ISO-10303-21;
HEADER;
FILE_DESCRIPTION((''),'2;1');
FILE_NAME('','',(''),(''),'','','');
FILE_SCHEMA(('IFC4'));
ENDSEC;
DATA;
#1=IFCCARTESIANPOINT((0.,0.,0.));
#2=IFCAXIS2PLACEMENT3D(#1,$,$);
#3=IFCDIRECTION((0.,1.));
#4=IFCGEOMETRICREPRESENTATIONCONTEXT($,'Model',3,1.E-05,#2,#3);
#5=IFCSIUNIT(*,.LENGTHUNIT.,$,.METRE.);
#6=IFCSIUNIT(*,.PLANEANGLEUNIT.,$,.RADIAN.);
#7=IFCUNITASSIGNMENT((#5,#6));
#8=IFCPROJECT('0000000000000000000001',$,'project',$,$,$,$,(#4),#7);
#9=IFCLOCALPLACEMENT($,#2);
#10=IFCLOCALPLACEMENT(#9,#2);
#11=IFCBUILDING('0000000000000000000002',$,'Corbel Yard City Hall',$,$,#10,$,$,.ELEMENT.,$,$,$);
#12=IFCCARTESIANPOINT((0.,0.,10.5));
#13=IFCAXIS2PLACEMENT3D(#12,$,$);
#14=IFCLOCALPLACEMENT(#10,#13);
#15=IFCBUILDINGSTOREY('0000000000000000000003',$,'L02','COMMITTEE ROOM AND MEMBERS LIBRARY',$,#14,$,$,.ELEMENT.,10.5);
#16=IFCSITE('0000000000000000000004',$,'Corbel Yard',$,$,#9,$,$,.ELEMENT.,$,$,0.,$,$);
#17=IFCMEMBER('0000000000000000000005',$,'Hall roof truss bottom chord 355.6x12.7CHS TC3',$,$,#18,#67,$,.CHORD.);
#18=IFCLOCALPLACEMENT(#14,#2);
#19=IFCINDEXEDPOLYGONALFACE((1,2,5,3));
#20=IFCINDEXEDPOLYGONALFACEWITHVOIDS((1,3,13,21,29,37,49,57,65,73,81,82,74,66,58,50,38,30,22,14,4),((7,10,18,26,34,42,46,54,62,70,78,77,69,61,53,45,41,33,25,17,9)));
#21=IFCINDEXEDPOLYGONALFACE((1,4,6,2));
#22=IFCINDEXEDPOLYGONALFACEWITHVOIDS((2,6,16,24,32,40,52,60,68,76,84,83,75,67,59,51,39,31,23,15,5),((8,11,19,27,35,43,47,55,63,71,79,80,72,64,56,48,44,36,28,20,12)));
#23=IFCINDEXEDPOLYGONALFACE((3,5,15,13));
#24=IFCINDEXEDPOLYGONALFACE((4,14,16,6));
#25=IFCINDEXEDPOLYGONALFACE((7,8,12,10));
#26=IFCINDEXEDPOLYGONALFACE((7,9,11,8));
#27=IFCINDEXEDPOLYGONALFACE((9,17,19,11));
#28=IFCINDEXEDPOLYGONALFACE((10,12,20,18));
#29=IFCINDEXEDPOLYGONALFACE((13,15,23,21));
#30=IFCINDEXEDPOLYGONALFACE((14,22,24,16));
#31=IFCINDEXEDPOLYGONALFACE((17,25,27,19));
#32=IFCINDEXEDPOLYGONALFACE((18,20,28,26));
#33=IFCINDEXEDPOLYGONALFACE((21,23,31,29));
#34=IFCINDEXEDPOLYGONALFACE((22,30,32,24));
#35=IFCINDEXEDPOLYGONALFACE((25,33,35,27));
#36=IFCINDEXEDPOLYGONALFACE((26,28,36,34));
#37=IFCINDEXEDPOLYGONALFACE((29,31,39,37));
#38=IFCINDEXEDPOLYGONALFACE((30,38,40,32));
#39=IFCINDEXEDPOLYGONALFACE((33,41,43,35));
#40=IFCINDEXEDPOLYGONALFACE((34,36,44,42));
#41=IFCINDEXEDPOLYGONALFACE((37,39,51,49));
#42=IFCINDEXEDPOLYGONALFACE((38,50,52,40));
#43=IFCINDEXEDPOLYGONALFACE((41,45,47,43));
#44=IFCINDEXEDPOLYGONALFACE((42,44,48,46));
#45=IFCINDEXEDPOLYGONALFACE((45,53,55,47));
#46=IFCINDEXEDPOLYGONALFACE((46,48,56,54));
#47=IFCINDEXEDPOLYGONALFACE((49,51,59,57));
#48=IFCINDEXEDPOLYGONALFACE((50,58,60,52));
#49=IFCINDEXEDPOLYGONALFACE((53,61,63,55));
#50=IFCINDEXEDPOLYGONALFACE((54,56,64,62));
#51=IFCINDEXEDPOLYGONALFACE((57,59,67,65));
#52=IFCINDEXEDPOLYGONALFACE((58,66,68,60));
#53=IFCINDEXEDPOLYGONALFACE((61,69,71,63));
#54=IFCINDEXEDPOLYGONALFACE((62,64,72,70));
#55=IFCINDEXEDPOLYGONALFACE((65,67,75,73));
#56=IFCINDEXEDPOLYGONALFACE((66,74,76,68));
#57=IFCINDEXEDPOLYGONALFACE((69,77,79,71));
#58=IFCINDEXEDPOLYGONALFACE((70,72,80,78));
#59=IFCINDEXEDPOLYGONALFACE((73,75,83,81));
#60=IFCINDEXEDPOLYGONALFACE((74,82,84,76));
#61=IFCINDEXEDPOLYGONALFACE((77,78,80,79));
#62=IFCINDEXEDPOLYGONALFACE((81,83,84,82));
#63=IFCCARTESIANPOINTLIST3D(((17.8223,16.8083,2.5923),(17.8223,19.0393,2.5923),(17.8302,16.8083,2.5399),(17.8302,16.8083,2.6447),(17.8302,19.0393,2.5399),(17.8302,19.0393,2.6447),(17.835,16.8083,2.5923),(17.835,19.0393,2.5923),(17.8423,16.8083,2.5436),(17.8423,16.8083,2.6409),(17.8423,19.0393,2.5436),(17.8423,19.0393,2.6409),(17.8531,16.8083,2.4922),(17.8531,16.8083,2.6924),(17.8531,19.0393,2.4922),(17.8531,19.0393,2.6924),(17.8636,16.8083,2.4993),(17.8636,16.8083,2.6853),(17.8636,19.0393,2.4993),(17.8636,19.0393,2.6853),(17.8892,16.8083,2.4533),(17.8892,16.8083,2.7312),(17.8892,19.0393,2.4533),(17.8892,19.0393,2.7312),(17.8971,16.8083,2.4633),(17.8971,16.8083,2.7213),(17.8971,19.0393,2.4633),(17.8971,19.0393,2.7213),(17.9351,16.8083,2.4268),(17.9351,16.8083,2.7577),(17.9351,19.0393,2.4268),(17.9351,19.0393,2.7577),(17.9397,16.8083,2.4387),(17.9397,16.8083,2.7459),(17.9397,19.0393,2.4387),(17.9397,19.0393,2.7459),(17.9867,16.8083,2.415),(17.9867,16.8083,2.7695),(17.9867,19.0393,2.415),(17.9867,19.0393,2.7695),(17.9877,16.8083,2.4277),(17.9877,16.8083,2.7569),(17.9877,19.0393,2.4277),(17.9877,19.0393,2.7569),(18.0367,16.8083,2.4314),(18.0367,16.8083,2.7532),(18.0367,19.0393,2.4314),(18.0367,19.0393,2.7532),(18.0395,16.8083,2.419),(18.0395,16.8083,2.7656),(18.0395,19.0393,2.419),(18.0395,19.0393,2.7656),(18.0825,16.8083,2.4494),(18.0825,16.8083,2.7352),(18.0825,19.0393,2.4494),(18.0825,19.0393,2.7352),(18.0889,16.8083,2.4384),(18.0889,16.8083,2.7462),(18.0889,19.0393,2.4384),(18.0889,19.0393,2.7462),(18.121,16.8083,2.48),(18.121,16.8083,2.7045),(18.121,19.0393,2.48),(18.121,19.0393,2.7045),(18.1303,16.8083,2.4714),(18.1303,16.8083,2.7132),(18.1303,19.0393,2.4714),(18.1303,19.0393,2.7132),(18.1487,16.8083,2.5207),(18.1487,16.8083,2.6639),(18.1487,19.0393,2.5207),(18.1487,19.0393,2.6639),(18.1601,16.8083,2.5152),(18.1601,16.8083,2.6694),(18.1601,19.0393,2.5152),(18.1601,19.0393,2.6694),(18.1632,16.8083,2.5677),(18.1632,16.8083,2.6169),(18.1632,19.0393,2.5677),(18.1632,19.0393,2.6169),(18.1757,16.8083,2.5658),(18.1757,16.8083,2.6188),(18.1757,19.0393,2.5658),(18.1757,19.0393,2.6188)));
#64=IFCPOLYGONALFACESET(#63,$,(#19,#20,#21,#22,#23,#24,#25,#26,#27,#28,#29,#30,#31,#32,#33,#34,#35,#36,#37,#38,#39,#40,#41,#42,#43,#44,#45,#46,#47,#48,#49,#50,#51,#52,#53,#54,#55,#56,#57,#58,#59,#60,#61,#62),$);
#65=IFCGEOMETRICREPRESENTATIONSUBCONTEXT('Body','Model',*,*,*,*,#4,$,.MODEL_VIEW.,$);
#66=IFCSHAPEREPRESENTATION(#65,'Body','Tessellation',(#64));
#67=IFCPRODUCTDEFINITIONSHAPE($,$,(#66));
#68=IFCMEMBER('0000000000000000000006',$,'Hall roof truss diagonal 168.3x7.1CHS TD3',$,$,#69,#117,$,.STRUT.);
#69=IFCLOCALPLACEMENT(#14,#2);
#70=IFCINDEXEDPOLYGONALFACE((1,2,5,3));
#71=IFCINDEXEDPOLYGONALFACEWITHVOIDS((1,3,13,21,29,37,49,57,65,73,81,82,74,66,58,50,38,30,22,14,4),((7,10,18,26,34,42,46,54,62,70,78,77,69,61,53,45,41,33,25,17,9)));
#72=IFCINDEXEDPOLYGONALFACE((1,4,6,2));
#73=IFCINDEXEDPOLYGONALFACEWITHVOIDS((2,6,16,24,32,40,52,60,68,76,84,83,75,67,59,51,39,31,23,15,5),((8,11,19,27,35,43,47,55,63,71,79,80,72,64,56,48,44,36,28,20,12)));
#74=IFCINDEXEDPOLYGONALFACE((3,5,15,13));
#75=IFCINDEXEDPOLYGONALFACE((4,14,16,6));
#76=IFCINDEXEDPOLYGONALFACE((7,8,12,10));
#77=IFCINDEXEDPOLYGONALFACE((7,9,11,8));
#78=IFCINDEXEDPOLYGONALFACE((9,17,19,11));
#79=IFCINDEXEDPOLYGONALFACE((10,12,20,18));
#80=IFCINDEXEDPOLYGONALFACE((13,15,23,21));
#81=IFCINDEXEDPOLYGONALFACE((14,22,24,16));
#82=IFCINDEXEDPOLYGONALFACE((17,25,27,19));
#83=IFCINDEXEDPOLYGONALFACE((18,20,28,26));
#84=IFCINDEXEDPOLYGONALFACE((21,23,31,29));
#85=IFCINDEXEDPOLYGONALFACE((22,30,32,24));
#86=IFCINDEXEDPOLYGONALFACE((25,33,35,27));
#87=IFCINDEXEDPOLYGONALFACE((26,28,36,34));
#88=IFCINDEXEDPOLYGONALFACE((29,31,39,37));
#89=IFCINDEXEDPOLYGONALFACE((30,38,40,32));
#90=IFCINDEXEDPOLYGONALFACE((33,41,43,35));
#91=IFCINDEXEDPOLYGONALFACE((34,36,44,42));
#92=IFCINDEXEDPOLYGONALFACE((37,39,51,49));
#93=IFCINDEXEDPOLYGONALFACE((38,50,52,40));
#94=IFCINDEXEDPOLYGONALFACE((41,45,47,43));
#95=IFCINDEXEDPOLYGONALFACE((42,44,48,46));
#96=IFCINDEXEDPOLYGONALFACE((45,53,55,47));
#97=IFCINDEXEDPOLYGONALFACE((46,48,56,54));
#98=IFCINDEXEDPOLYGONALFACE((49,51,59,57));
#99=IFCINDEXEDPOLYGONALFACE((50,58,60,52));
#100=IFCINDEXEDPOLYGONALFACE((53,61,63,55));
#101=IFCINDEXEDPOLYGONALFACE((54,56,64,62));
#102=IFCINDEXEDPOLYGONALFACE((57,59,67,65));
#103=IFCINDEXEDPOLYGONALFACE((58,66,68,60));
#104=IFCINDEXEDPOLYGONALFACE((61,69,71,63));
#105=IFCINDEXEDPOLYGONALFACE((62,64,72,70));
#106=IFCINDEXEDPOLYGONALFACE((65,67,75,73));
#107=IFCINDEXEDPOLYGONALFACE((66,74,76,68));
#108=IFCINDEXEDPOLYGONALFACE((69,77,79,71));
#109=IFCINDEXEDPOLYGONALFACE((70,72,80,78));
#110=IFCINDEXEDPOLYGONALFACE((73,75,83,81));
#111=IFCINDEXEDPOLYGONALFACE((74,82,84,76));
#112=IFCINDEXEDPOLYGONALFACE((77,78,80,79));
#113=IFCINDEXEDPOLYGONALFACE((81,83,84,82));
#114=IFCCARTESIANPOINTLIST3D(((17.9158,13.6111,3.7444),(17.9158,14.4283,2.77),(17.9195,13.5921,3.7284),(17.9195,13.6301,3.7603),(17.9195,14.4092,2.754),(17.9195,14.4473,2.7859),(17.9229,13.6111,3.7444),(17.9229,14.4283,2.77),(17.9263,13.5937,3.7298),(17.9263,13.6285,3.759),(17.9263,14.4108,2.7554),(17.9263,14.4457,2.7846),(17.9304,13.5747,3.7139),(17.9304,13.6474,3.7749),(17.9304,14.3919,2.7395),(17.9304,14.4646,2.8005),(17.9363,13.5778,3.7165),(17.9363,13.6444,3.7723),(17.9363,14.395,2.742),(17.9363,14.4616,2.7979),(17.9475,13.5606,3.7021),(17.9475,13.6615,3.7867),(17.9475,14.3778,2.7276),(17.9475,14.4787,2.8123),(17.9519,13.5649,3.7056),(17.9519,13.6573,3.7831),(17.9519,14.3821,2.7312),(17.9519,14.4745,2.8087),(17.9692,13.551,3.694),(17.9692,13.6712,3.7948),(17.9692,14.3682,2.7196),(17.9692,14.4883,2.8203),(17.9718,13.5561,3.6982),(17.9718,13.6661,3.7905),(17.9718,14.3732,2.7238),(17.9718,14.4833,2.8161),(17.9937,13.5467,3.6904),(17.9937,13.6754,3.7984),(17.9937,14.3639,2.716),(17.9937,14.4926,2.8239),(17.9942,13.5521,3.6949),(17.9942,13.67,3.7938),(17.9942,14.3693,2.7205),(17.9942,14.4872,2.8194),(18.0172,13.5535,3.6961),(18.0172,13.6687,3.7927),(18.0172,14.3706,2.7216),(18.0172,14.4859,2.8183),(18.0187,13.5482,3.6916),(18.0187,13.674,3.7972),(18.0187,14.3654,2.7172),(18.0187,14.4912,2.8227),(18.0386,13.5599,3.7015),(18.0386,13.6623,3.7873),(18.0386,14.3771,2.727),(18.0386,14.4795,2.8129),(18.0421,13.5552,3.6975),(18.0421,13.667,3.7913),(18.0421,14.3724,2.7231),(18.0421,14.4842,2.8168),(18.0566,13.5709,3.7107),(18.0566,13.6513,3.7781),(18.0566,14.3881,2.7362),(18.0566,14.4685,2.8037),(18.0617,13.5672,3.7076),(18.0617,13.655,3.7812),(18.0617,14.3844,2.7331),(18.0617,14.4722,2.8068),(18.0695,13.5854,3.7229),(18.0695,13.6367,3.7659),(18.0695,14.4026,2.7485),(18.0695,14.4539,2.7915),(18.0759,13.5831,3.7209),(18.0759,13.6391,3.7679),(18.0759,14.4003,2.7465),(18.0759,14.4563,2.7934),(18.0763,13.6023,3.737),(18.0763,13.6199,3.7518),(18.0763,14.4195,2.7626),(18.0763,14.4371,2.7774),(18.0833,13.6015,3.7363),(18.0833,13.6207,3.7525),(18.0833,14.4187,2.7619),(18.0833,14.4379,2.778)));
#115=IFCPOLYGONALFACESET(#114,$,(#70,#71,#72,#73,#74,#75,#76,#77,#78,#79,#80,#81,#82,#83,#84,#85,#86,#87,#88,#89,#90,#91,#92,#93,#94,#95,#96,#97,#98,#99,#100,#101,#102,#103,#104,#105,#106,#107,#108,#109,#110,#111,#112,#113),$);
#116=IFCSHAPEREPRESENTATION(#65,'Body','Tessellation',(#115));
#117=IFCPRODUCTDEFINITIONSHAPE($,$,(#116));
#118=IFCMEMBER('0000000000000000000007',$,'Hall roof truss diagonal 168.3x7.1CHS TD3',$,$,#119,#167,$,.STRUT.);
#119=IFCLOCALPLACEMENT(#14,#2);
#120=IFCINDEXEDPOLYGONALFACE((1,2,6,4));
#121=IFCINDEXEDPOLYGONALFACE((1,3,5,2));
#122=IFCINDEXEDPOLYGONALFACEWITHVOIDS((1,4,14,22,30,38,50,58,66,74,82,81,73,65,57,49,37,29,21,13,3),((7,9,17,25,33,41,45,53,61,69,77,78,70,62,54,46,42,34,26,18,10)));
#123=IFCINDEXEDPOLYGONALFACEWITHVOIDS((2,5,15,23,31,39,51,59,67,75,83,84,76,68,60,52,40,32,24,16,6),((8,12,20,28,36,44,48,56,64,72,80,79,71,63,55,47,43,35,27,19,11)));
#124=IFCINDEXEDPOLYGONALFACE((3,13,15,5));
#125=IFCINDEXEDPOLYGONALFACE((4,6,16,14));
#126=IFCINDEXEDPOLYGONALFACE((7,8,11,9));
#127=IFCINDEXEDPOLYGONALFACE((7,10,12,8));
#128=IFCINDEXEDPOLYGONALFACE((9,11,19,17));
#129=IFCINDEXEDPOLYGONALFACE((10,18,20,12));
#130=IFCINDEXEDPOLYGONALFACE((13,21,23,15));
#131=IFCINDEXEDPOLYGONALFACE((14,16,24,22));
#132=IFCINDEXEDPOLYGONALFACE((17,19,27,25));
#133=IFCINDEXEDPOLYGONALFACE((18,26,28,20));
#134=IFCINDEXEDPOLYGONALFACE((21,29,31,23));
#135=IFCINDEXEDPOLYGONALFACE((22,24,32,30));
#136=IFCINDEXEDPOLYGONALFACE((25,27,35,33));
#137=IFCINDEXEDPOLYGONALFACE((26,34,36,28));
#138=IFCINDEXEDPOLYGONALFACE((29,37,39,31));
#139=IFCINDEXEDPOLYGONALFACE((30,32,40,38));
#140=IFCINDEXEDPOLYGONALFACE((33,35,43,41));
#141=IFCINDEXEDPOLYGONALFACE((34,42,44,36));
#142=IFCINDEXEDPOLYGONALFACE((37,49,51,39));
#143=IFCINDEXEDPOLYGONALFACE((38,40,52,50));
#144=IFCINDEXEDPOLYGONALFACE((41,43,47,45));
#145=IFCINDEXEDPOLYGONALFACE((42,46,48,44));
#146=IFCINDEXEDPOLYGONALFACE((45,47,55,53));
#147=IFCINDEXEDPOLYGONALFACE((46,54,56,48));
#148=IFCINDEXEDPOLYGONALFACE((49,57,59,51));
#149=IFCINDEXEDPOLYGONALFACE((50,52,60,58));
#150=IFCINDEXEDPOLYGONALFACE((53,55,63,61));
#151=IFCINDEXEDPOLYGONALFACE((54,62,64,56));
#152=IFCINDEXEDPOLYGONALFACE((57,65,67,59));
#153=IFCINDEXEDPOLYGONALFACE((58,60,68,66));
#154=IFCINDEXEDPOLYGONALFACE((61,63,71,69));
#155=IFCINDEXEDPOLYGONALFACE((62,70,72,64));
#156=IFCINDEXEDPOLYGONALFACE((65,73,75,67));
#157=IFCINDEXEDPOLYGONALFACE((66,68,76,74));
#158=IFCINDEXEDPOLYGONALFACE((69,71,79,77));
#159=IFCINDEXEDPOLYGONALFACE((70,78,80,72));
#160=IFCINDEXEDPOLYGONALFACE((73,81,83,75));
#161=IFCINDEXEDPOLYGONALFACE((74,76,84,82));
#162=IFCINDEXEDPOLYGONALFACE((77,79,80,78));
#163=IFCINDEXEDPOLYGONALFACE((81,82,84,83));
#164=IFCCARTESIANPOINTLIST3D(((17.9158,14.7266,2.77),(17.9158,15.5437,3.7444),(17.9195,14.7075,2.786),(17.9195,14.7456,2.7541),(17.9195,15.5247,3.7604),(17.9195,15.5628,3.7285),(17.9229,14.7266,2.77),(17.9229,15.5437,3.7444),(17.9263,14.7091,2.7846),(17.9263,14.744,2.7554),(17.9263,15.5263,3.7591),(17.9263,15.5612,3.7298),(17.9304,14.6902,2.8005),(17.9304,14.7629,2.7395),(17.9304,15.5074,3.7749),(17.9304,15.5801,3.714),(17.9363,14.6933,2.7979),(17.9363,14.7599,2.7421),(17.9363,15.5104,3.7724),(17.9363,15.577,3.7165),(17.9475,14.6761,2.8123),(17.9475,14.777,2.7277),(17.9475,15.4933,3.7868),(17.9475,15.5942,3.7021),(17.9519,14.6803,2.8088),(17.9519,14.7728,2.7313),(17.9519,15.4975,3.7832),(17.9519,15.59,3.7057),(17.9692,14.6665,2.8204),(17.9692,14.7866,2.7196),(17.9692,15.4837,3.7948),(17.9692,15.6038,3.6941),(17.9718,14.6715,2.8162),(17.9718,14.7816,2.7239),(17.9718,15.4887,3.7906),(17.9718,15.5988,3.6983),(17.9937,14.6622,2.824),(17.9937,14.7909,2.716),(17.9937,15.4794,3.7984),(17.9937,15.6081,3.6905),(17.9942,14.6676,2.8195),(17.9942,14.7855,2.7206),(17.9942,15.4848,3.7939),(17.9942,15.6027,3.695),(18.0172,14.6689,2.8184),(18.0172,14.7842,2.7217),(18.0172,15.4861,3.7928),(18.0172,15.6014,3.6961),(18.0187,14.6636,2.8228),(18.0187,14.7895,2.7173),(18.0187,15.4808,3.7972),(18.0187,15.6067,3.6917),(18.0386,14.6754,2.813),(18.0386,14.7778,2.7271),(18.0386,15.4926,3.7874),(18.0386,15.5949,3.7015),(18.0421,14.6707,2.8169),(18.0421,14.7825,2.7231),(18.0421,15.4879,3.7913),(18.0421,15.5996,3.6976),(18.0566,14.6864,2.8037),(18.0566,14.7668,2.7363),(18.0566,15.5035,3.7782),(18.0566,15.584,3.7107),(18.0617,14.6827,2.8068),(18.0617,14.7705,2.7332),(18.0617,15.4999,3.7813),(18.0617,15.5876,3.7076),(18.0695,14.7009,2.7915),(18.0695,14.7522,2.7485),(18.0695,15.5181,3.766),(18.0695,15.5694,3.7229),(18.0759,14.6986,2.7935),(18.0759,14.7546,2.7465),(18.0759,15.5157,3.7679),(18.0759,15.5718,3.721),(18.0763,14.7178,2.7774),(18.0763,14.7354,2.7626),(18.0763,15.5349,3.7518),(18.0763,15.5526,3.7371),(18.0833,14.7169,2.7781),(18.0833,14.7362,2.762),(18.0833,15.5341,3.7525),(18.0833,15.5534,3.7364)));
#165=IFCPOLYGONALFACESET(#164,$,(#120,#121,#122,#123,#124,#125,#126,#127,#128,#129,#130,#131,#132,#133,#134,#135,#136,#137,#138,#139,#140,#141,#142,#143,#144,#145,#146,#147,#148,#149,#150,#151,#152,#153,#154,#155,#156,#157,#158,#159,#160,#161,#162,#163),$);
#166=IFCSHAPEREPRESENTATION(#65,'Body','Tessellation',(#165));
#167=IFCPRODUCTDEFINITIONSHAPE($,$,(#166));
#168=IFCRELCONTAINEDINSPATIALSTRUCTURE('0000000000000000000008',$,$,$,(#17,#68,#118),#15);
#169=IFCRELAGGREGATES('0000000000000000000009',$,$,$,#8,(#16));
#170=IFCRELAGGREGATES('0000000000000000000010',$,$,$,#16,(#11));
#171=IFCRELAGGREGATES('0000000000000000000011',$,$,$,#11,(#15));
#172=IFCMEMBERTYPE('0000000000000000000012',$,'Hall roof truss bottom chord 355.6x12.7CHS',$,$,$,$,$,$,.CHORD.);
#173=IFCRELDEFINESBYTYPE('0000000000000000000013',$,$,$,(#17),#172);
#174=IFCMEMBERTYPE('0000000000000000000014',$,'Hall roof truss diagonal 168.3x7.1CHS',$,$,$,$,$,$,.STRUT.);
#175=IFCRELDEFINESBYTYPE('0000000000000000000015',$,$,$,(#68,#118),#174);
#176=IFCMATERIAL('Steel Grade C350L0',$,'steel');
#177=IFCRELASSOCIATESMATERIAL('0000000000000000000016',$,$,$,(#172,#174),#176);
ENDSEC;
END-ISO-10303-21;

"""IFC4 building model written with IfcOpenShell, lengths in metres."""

from ifc_helpers import new_model, si_unit, direction, frame, origin, origin_2d, place, context, subcontext, project, spatial, hollow_circle, extrude, material, material_profile, profile_set, type_object, element, save


model = new_model("IFC4")

# Units and contexts
model_context = context("Model", 3, precision=1e-05, world=origin(), true_north=direction((0.0, 1.0)))
body_context = subcontext(model_context, "Body", "Model", "MODEL_VIEW")
ifc_project = project(units=[si_unit("LENGTHUNIT", "METRE"), si_unit("PLANEANGLEUNIT", "RADIAN")], contexts=[model_context])

# Site, building, storey
site_placement = place(None, origin())
site = spatial("IfcSite", under=ifc_project, at=site_placement, Name="Corbel Yard", CompositionType="ELEMENT", RefElevation=0.0)
building_placement = place(site_placement, origin())
building = spatial("IfcBuilding", under=site, at=building_placement, Name="Corbel Yard City Hall", CompositionType="ELEMENT")
storey_placement = place(building_placement, frame((0.0, 0.0, 10.5)))
storey = spatial("IfcBuildingStorey", under=building, at=storey_placement, Name="L02", Description="COMMITTEE ROOM AND MEMBERS LIBRARY", CompositionType="ELEMENT", Elevation=10.5)

# Members
ifc_material_1 = material(Name="Steel Grade C350L0", Category="steel")
ifc_material_profile_1 = material_profile(ifc_material_1, hollow_circle(Radius=0.1777, WallThickness=0.0127, at=origin_2d()), Name="355.6x12.7CHS")
ifc_profile_set_1 = profile_set([ifc_material_profile_1], Name="Steel Grade C350L0")
member_type_1 = type_object("IfcMemberType", Name="Hall roof truss bottom chord 355.6x12.7CHS", PredefinedType="CHORD", material=ifc_profile_set_1)
for number, where, z_axis, x_axis, name in (
    (1, (18.0, 16.8083, 2.5923), (0.0, 1.0, 0.0), (-1.0, 0.0, 0.0), "Hall roof truss bottom chord 355.6x12.7CHS TC3"),
):
    element("IfcMember", number, at=place(storey_placement, frame(where, z_axis=z_axis, x_axis=x_axis)), inside=storey, type_object=member_type_1, Name=name, PredefinedType="CHORD", context=body_context, shape_type="SweptSolid", body=[
        extrude(hollow_circle(Radius=0.1777, WallThickness=0.0127, at=origin_2d()), origin(), (0.0, 0.0, 1.0), 2.231),
    ])
ifc_material_profile_2 = material_profile(ifc_material_1, hollow_circle(Radius=0.0842, WallThickness=0.0071, at=origin_2d()), Name="168.3x7.1CHS")
ifc_profile_set_2 = profile_set([ifc_material_profile_2], Name="Steel Grade C350L0")
member_type_2 = type_object("IfcMemberType", Name="Hall roof truss diagonal 168.3x7.1CHS", PredefinedType="STRUT", material=ifc_profile_set_2)
for number, where, z_axis, x_axis, name in (
    (2, (18.0, 13.6111, 3.7444), (0.0, 0.64258, -0.766219), (-1.0, 0.0, 0.0), "Hall roof truss diagonal 168.3x7.1CHS TD3"),
    (3, (18.0, 14.7266, 2.77), (0.0, 0.64258, 0.766219), (-1.0, 0.0, 0.0), "Hall roof truss diagonal 168.3x7.1CHS TD3"),
):
    element("IfcMember", number, at=place(storey_placement, frame(where, z_axis=z_axis, x_axis=x_axis)), inside=storey, type_object=member_type_2, Name=name, PredefinedType="STRUT", context=body_context, shape_type="SweptSolid", body=[
        extrude(hollow_circle(Radius=0.0842, WallThickness=0.0071, at=origin_2d()), origin(), (0.0, 0.0, 1.0), 1.2717),
    ])

save(model, "model.ifc")
